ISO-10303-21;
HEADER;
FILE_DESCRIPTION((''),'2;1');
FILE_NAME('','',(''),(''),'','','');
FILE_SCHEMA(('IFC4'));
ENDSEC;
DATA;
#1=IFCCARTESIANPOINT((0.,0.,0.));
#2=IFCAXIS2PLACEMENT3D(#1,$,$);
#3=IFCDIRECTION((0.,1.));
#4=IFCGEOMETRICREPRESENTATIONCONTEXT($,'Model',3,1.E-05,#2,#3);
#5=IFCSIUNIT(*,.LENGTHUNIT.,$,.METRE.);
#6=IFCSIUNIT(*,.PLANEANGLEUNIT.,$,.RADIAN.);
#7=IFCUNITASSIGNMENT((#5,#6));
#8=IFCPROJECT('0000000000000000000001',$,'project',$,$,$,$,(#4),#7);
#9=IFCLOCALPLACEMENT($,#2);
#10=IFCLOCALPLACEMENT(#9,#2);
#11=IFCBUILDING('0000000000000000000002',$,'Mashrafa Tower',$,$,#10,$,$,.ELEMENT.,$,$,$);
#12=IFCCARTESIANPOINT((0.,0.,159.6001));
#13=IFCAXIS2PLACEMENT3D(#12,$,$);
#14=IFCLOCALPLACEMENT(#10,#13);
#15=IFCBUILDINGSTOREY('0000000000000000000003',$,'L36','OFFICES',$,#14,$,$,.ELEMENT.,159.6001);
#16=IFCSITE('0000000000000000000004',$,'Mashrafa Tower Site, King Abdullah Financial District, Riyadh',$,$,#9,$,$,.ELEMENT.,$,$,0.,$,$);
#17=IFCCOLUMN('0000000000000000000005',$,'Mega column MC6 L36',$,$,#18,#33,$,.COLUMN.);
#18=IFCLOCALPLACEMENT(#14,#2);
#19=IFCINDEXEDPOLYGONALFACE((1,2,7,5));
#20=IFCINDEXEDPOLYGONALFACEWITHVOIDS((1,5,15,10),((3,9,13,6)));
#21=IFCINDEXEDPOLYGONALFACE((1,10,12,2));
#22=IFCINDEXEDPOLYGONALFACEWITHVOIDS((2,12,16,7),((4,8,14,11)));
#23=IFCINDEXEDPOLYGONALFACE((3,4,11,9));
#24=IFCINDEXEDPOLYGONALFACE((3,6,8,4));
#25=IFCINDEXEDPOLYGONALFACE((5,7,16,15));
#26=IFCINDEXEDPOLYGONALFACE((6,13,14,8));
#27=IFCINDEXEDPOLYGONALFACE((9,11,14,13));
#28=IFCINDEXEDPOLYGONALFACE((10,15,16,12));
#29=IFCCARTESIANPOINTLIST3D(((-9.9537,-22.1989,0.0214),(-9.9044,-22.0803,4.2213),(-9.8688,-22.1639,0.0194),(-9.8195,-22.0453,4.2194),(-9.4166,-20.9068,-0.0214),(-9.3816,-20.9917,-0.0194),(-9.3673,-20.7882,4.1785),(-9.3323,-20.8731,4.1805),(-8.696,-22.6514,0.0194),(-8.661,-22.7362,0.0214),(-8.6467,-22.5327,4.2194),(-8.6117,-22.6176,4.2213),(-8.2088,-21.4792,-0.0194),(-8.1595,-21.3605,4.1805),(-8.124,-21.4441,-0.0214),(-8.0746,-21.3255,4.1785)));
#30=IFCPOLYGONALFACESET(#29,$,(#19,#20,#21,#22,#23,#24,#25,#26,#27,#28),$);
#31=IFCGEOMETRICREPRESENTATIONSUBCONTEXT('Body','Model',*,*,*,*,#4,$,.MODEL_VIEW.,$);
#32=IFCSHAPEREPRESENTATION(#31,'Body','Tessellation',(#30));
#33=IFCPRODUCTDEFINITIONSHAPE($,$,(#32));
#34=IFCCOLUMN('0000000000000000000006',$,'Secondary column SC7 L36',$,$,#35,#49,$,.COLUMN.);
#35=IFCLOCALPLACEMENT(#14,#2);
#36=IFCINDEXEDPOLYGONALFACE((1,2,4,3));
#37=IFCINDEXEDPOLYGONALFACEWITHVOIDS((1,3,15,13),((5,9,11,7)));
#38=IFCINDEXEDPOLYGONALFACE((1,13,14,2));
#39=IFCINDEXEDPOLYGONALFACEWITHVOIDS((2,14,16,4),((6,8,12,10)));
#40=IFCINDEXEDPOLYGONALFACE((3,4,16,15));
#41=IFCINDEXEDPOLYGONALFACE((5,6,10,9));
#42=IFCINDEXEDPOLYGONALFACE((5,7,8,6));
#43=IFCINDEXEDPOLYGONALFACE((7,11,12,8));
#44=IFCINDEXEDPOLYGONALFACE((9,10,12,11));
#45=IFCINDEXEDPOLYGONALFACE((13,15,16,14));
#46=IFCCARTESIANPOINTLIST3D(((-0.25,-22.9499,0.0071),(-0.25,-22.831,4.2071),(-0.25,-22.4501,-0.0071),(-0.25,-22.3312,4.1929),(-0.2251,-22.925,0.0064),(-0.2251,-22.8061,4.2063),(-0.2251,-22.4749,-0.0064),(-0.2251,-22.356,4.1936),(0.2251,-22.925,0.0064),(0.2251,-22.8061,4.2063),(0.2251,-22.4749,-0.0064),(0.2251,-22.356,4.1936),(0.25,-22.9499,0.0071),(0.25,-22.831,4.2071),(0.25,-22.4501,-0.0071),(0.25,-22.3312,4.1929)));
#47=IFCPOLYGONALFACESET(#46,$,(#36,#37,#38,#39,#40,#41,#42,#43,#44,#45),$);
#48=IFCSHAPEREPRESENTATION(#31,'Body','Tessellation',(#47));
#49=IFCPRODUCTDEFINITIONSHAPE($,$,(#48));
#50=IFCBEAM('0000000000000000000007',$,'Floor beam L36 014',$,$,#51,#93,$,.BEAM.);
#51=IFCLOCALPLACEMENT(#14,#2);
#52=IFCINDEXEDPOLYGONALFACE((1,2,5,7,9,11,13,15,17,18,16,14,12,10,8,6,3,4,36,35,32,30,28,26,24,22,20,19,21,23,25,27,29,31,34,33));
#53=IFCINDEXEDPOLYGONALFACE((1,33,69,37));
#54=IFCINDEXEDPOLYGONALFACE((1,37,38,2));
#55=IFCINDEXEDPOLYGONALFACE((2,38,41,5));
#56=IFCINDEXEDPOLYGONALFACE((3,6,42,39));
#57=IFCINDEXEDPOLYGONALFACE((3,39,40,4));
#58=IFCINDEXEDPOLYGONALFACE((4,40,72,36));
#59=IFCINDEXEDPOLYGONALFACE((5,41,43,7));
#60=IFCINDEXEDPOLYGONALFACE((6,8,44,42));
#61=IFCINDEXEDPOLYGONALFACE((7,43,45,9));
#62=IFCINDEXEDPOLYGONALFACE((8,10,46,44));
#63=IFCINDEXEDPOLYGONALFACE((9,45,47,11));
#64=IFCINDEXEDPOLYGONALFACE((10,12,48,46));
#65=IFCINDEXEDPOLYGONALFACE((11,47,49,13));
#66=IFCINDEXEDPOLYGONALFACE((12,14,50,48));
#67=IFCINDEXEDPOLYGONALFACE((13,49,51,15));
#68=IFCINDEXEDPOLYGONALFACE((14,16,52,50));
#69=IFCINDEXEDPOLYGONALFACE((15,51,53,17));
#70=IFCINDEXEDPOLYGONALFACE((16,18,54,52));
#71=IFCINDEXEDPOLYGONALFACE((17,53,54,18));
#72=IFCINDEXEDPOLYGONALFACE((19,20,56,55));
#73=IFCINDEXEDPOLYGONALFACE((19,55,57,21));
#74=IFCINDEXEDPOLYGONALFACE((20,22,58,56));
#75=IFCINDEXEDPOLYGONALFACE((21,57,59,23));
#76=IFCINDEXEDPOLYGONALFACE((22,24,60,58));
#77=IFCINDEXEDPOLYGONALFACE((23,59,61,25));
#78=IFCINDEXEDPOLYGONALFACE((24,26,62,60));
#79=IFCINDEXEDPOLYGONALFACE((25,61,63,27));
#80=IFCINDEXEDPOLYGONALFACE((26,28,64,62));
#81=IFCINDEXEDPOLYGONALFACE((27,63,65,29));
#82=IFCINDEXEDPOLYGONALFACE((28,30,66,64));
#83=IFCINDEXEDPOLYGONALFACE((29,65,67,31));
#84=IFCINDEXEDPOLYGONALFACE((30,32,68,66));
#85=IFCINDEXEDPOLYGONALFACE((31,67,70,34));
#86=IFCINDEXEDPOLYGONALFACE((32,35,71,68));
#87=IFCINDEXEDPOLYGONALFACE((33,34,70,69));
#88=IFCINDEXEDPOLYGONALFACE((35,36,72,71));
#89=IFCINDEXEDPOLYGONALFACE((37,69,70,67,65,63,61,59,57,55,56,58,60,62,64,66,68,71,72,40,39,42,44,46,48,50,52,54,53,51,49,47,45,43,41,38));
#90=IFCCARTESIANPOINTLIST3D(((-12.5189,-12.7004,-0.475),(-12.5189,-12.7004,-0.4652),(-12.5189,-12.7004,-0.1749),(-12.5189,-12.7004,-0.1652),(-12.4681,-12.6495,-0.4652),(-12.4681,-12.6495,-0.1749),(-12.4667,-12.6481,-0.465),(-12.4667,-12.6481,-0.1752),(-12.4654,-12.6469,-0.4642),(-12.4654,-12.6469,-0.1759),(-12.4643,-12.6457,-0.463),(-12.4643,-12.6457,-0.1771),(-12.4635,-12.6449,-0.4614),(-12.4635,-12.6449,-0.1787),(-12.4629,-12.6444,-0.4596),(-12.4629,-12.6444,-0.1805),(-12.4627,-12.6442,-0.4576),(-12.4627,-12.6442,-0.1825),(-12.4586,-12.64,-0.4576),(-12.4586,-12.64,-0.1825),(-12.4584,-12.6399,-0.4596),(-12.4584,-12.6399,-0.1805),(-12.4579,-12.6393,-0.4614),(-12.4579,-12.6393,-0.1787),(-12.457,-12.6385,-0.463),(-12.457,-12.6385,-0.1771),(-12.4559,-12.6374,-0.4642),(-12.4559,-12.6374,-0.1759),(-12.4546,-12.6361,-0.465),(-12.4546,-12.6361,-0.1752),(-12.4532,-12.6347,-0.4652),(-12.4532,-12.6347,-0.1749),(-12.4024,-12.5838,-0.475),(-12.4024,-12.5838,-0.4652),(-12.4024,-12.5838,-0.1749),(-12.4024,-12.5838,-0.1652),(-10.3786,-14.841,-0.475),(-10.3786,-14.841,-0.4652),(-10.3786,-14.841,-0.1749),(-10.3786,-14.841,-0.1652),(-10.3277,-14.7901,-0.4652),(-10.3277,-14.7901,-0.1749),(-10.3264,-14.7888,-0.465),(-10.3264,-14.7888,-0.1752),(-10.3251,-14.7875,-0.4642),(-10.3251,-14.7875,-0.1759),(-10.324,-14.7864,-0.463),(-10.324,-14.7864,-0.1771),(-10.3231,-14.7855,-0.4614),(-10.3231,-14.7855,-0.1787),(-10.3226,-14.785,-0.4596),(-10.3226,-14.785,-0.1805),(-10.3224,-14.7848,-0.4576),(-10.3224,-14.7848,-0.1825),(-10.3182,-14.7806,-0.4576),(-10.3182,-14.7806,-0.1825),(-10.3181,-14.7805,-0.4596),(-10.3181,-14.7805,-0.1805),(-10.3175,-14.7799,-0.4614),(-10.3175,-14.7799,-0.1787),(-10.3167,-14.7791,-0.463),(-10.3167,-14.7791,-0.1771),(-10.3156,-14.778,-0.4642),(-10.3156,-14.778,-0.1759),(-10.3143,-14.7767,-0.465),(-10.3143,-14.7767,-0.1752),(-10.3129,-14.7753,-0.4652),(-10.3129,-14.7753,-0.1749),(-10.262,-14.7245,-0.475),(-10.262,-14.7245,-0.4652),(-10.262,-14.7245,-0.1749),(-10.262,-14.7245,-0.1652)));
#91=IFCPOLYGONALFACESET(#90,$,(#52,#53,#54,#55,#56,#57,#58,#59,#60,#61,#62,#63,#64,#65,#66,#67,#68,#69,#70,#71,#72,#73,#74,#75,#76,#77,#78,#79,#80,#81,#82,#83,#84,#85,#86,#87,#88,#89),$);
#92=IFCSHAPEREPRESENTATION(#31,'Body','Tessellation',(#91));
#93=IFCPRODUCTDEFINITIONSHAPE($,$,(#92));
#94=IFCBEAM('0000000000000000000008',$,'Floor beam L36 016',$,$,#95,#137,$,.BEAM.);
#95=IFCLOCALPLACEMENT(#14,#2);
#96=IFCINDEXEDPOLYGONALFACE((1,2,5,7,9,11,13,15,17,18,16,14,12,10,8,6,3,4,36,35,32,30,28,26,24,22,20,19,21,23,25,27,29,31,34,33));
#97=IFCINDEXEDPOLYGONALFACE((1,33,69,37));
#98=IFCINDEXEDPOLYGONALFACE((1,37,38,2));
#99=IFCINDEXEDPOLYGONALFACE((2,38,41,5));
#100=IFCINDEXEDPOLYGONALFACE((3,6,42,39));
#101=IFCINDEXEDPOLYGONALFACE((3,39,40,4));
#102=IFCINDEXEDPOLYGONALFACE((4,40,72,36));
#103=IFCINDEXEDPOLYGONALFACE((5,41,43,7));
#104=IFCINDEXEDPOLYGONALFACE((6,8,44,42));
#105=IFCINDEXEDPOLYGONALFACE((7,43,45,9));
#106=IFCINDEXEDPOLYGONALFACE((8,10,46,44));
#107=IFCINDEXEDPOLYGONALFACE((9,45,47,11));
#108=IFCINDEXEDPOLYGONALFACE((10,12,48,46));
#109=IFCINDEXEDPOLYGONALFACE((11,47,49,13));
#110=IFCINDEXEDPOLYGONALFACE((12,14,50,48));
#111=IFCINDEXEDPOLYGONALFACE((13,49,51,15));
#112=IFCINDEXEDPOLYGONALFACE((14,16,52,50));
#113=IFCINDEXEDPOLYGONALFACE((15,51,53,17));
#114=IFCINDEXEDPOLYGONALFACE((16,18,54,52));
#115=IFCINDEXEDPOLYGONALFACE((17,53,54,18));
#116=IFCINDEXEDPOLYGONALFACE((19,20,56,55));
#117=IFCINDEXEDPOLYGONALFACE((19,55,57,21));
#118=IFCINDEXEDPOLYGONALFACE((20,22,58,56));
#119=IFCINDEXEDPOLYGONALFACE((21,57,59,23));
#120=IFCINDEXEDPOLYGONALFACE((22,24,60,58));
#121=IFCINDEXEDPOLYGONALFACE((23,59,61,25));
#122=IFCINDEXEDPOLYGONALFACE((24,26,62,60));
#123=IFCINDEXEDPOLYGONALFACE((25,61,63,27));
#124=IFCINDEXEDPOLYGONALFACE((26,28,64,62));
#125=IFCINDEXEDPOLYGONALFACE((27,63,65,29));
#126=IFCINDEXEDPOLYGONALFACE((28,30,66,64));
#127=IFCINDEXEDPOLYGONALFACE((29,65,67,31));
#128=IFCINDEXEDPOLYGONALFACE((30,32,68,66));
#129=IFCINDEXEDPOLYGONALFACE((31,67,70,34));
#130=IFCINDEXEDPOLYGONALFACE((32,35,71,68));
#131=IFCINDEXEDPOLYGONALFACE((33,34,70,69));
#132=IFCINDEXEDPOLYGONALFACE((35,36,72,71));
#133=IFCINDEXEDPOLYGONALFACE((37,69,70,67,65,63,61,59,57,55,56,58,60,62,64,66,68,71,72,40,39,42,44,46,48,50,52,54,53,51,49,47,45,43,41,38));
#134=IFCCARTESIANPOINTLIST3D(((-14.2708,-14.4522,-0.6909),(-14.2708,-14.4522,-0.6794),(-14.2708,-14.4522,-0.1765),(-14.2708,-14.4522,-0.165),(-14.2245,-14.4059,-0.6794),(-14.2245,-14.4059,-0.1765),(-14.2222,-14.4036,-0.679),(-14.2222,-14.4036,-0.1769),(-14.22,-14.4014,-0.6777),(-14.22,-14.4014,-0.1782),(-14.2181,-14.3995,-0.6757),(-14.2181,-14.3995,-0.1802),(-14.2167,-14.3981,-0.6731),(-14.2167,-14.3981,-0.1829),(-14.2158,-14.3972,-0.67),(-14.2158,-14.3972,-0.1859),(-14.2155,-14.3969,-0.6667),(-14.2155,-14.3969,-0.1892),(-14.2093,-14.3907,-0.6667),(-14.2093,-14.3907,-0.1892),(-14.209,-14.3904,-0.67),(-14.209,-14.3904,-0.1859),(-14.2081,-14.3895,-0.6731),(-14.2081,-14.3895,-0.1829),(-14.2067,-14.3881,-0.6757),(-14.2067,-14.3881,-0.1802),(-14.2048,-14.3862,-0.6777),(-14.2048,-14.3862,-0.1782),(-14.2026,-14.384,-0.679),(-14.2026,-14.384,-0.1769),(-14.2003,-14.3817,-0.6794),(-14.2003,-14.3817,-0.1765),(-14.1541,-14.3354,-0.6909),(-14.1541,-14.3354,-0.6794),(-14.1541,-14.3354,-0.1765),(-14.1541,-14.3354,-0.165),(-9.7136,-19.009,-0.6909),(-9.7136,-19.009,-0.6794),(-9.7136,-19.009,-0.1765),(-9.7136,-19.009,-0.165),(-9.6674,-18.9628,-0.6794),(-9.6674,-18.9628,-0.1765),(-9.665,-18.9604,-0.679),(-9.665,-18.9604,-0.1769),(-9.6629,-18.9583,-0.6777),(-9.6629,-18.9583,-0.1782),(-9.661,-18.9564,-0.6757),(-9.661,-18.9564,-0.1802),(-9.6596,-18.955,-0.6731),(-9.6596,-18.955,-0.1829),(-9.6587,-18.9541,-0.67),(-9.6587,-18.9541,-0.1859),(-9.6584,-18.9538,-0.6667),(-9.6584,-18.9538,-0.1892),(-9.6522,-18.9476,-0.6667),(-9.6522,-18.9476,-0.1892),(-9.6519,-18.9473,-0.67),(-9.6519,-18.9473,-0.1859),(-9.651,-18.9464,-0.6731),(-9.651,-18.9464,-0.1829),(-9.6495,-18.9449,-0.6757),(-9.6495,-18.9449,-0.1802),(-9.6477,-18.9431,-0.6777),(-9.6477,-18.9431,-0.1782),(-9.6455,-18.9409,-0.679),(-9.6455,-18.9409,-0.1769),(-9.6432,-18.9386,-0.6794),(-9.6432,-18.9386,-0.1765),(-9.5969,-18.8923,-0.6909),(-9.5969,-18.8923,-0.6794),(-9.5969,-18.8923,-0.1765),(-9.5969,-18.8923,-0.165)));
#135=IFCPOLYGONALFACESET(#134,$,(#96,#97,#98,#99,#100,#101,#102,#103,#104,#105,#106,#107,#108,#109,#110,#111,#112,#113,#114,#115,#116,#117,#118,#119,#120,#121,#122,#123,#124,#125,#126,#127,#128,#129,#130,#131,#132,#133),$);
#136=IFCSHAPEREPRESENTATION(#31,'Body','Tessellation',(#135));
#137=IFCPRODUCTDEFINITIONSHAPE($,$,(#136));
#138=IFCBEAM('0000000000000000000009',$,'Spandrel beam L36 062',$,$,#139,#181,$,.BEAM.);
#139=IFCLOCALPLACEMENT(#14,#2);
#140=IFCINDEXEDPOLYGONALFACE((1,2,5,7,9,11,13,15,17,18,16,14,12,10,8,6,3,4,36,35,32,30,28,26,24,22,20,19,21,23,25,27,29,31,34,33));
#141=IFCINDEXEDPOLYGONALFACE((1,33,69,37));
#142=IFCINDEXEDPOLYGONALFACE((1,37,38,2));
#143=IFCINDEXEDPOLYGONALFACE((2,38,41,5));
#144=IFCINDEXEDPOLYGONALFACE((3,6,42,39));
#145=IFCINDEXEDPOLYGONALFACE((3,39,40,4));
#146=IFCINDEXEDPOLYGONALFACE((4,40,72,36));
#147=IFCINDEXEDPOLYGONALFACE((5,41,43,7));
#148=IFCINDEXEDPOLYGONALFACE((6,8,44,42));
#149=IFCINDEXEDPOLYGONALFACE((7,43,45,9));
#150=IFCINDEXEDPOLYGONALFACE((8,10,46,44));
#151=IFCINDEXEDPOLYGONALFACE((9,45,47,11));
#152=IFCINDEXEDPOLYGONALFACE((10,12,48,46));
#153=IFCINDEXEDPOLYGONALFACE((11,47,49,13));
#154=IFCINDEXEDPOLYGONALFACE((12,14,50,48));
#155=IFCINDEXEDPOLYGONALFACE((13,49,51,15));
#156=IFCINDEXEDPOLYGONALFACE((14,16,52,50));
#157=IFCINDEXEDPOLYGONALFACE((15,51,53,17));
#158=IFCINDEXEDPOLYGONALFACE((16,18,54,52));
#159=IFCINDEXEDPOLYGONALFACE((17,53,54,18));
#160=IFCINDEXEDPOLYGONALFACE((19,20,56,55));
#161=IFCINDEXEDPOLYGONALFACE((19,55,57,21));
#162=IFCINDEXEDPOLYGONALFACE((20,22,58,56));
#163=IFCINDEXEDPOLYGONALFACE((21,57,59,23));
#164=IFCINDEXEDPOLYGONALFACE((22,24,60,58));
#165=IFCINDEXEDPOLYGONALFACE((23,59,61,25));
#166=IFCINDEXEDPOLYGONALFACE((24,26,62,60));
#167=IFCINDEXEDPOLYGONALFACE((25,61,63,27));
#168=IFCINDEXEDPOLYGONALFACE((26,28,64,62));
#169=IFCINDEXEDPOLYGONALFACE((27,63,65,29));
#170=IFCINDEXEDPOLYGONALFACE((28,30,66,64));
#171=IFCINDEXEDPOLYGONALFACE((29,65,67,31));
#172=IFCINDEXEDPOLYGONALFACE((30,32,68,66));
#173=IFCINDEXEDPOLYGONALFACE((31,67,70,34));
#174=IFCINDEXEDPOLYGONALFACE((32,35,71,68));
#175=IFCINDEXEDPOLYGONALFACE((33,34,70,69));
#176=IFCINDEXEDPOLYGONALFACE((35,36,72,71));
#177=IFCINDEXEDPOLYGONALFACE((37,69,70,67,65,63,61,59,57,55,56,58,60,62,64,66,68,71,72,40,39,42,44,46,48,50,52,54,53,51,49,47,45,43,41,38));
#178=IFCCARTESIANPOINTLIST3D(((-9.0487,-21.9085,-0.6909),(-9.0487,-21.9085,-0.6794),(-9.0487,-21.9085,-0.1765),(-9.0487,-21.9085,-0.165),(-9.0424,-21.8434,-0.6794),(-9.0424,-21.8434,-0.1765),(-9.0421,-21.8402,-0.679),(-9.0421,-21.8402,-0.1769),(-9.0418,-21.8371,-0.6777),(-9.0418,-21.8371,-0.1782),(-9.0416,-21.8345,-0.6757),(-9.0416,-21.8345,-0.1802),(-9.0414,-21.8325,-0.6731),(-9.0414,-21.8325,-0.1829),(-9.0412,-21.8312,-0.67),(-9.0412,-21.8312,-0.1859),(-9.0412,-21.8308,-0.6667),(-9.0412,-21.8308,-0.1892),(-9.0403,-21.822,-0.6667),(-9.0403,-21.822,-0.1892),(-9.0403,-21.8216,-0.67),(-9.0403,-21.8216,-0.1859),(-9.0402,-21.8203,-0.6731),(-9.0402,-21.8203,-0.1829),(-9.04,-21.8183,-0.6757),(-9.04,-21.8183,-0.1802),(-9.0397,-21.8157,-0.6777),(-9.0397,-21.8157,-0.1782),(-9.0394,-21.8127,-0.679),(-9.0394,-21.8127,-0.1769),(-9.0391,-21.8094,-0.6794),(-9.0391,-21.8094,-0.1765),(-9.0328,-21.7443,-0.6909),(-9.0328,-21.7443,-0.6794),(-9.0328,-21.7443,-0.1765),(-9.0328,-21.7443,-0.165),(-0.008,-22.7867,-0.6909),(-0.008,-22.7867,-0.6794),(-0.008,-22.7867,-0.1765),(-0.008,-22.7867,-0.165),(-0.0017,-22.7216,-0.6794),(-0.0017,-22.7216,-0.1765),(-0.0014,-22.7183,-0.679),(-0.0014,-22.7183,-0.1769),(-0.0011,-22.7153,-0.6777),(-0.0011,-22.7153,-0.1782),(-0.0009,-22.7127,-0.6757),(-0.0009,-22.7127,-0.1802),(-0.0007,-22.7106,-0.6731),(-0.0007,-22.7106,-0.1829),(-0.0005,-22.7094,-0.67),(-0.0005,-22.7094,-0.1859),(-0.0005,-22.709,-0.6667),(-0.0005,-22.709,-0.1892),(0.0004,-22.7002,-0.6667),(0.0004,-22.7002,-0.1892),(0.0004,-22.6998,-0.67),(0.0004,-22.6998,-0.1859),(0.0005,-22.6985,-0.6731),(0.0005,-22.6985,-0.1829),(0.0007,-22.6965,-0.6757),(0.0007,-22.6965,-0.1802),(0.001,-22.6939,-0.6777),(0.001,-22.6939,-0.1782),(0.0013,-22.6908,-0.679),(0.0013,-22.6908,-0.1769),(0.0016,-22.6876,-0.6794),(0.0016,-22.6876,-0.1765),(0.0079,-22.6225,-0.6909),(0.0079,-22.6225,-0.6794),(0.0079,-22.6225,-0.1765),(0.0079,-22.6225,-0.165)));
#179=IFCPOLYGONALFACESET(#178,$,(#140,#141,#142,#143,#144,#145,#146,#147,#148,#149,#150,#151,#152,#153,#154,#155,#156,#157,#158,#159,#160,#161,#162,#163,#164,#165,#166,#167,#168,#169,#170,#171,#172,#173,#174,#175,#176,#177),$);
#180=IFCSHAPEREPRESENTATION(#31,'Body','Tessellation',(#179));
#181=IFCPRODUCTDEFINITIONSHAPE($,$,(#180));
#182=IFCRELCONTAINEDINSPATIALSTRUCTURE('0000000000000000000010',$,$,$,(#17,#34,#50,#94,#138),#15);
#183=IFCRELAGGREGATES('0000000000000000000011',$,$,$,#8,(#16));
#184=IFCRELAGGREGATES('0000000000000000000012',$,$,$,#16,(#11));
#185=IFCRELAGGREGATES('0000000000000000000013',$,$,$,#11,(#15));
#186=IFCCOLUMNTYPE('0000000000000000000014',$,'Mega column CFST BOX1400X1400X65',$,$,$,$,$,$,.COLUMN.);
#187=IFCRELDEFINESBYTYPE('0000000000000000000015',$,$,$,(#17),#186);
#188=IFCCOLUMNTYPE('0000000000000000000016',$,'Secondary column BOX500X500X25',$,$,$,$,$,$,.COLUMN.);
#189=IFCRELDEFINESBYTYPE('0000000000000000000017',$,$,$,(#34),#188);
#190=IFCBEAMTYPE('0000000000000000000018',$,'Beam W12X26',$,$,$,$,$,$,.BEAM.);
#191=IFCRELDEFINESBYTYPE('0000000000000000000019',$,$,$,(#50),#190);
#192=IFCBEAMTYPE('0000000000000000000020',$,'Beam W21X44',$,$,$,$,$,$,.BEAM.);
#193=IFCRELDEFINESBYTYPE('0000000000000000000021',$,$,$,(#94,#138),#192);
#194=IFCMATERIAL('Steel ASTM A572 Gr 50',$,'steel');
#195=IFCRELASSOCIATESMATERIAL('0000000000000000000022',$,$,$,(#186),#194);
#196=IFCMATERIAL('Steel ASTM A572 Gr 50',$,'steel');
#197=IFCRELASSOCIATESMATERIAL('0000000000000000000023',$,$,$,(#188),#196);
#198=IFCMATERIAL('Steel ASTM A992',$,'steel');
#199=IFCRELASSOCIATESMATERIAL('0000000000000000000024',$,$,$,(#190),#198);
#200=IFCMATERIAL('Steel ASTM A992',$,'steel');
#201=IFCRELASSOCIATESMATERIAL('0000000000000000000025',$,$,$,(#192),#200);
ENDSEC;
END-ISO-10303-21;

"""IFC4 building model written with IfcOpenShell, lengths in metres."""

from ifc_helpers import new_model, si_unit, direction, frame, origin, origin_2d, place, context, subcontext, project, spatial, hollow_rectangle, i_section, extrude, material, material_profile, profile_set, type_object, element, save


model = new_model("IFC4")

# Units and contexts
model_context = context("Model", 3, precision=1e-05, world=origin(), true_north=direction((0.0, 1.0)))
body_context = subcontext(model_context, "Body", "Model", "MODEL_VIEW")
ifc_project = project(units=[si_unit("LENGTHUNIT", "METRE"), si_unit("PLANEANGLEUNIT", "RADIAN")], contexts=[model_context])

# Site, building, storey
site_placement = place(None, origin())
site = spatial("IfcSite", under=ifc_project, at=site_placement, Name="Mashrafa Tower Site, King Abdullah Financial District, Riyadh", CompositionType="ELEMENT", RefElevation=0.0)
building_placement = place(site_placement, origin())
building = spatial("IfcBuilding", under=site, at=building_placement, Name="Mashrafa Tower", CompositionType="ELEMENT")
storey_placement = place(building_placement, frame((0.0, 0.0, 159.6001)))
storey = spatial("IfcBuildingStorey", under=building, at=storey_placement, Name="L36", Description="OFFICES", CompositionType="ELEMENT", Elevation=159.6001)

# Columns
ifc_material_1 = material(Name="Steel ASTM A572 Gr 50", Category="steel")
ifc_material_profile_1 = material_profile(ifc_material_1, hollow_rectangle(XDim=1.3999, YDim=1.3999, WallThickness=0.0649, at=origin_2d()), Name="BOX1400X1400X65")
ifc_profile_set_1 = profile_set([ifc_material_profile_1], Name="Steel ASTM A572 Gr 50")
column_type_1 = type_object("IfcColumnType", Name="Mega column CFST BOX1400X1400X65", PredefinedType="COLUMN", material=ifc_profile_set_1)
column_1_placement = place(storey_placement, frame((-9.0388, -21.8215, 0.0), z_axis=(0.011737, 0.028238, 0.999532), x_axis=(-0.923414, 0.383806, 0.0)))
element("IfcColumn", 1, at=column_1_placement, inside=storey, type_object=column_type_1, Name="Mega column MC6 L36", PredefinedType="COLUMN", context=body_context, shape_type="SweptSolid", body=[
    extrude(hollow_rectangle(XDim=1.3999, YDim=1.3999, WallThickness=0.0649, at=origin_2d()), origin(), (0.0, 0.0, 1.0), 4.2019),
])
ifc_material_2 = material(Name="Steel ASTM A572 Gr 50", Category="steel")
ifc_material_profile_2 = material_profile(ifc_material_2, hollow_rectangle(XDim=0.5, YDim=0.5, WallThickness=0.0249, at=origin_2d()), Name="BOX500X500X25")
ifc_profile_set_2 = profile_set([ifc_material_profile_2], Name="Steel ASTM A572 Gr 50")
column_type_2 = type_object("IfcColumnType", Name="Secondary column BOX500X500X25", PredefinedType="COLUMN", material=ifc_profile_set_2)
column_2_placement = place(storey_placement, frame((0.0, -22.7, 0.0), z_axis=(0.0, 0.028298, 0.9996), x_axis=(-1.0, 0.0, 0.0)))
element("IfcColumn", 2, at=column_2_placement, inside=storey, type_object=column_type_2, Name="Secondary column SC7 L36", PredefinedType="COLUMN", context=body_context, shape_type="SweptSolid", body=[
    extrude(hollow_rectangle(XDim=0.5, YDim=0.5, WallThickness=0.0249, at=origin_2d()), origin(), (0.0, 0.0, 1.0), 4.2017),
])

# Beams
ifc_material_3 = material(Name="Steel ASTM A992", Category="steel")
ifc_material_profile_3 = material_profile(ifc_material_3, i_section(OverallWidth=0.1648, OverallDepth=0.3098, WebThickness=0.0059, FlangeThickness=0.0098, FilletRadius=0.0076, at=origin_2d()), Name="W12X26")
ifc_profile_set_3 = profile_set([ifc_material_profile_3], Name="Steel ASTM A992")
beam_type_1 = type_object("IfcBeamType", Name="Beam W12X26", PredefinedType="BEAM", material=ifc_profile_set_3)
beam_1_placement = place(storey_placement, frame((-10.3203, -14.7827, -0.3201), z_axis=(-0.707066, 0.707147, 0.0), x_axis=(-0.707147, -0.707066, 0.0)))
element("IfcBeam", 3, at=beam_1_placement, inside=storey, type_object=beam_type_1, Name="Floor beam L36 014", PredefinedType="BEAM", context=body_context, shape_type="SweptSolid", body=[
    extrude(i_section(OverallWidth=0.1648, OverallDepth=0.3098, WebThickness=0.0059, FlangeThickness=0.0098, FilletRadius=0.0076, at=origin_2d()), origin(), (0.0, 0.0, 1.0), 3.0271),
])
ifc_material_4 = material(Name="Steel ASTM A992", Category="steel")
ifc_material_profile_4 = material_profile(ifc_material_4, i_section(OverallWidth=0.165, OverallDepth=0.5259, WebThickness=0.0088, FlangeThickness=0.0115, FilletRadius=0.0127, at=origin_2d()), Name="W21X44")
ifc_profile_set_4 = profile_set([ifc_material_profile_4], Name="Steel ASTM A992")
beam_type_2 = type_object("IfcBeamType", Name="Beam W21X44", PredefinedType="BEAM", material=ifc_profile_set_4)
beam_2_placement = place(storey_placement, frame((-9.6553, -18.9507, -0.428), z_axis=(-0.707126, 0.707088, 0.0), x_axis=(-0.707088, -0.707126, 0.0)))
element("IfcBeam", 4, at=beam_2_placement, inside=storey, type_object=beam_type_2, Name="Floor beam L36 016", PredefinedType="BEAM", context=body_context, shape_type="SweptSolid", body=[
    extrude(i_section(OverallWidth=0.165, OverallDepth=0.5259, WebThickness=0.0088, FlangeThickness=0.0115, FilletRadius=0.0127, at=origin_2d()), origin(), (0.0, 0.0, 1.0), 6.4446),
])
beam_3_placement = place(storey_placement, frame((-9.0408, -21.8264, -0.428), z_axis=(0.995316, -0.09668, 0.0), x_axis=(0.09668, 0.995316, 0.0)))
element("IfcBeam", 5, at=beam_3_placement, inside=storey, type_object=beam_type_2, Name="Spandrel beam L36 062", PredefinedType="BEAM", context=body_context, shape_type="SweptSolid", body=[
    extrude(i_section(OverallWidth=0.165, OverallDepth=0.5259, WebThickness=0.0088, FlangeThickness=0.0115, FilletRadius=0.0127, at=origin_2d()), origin(), (0.0, 0.0, 1.0), 9.0833),
])

save(model, "model.ifc")
